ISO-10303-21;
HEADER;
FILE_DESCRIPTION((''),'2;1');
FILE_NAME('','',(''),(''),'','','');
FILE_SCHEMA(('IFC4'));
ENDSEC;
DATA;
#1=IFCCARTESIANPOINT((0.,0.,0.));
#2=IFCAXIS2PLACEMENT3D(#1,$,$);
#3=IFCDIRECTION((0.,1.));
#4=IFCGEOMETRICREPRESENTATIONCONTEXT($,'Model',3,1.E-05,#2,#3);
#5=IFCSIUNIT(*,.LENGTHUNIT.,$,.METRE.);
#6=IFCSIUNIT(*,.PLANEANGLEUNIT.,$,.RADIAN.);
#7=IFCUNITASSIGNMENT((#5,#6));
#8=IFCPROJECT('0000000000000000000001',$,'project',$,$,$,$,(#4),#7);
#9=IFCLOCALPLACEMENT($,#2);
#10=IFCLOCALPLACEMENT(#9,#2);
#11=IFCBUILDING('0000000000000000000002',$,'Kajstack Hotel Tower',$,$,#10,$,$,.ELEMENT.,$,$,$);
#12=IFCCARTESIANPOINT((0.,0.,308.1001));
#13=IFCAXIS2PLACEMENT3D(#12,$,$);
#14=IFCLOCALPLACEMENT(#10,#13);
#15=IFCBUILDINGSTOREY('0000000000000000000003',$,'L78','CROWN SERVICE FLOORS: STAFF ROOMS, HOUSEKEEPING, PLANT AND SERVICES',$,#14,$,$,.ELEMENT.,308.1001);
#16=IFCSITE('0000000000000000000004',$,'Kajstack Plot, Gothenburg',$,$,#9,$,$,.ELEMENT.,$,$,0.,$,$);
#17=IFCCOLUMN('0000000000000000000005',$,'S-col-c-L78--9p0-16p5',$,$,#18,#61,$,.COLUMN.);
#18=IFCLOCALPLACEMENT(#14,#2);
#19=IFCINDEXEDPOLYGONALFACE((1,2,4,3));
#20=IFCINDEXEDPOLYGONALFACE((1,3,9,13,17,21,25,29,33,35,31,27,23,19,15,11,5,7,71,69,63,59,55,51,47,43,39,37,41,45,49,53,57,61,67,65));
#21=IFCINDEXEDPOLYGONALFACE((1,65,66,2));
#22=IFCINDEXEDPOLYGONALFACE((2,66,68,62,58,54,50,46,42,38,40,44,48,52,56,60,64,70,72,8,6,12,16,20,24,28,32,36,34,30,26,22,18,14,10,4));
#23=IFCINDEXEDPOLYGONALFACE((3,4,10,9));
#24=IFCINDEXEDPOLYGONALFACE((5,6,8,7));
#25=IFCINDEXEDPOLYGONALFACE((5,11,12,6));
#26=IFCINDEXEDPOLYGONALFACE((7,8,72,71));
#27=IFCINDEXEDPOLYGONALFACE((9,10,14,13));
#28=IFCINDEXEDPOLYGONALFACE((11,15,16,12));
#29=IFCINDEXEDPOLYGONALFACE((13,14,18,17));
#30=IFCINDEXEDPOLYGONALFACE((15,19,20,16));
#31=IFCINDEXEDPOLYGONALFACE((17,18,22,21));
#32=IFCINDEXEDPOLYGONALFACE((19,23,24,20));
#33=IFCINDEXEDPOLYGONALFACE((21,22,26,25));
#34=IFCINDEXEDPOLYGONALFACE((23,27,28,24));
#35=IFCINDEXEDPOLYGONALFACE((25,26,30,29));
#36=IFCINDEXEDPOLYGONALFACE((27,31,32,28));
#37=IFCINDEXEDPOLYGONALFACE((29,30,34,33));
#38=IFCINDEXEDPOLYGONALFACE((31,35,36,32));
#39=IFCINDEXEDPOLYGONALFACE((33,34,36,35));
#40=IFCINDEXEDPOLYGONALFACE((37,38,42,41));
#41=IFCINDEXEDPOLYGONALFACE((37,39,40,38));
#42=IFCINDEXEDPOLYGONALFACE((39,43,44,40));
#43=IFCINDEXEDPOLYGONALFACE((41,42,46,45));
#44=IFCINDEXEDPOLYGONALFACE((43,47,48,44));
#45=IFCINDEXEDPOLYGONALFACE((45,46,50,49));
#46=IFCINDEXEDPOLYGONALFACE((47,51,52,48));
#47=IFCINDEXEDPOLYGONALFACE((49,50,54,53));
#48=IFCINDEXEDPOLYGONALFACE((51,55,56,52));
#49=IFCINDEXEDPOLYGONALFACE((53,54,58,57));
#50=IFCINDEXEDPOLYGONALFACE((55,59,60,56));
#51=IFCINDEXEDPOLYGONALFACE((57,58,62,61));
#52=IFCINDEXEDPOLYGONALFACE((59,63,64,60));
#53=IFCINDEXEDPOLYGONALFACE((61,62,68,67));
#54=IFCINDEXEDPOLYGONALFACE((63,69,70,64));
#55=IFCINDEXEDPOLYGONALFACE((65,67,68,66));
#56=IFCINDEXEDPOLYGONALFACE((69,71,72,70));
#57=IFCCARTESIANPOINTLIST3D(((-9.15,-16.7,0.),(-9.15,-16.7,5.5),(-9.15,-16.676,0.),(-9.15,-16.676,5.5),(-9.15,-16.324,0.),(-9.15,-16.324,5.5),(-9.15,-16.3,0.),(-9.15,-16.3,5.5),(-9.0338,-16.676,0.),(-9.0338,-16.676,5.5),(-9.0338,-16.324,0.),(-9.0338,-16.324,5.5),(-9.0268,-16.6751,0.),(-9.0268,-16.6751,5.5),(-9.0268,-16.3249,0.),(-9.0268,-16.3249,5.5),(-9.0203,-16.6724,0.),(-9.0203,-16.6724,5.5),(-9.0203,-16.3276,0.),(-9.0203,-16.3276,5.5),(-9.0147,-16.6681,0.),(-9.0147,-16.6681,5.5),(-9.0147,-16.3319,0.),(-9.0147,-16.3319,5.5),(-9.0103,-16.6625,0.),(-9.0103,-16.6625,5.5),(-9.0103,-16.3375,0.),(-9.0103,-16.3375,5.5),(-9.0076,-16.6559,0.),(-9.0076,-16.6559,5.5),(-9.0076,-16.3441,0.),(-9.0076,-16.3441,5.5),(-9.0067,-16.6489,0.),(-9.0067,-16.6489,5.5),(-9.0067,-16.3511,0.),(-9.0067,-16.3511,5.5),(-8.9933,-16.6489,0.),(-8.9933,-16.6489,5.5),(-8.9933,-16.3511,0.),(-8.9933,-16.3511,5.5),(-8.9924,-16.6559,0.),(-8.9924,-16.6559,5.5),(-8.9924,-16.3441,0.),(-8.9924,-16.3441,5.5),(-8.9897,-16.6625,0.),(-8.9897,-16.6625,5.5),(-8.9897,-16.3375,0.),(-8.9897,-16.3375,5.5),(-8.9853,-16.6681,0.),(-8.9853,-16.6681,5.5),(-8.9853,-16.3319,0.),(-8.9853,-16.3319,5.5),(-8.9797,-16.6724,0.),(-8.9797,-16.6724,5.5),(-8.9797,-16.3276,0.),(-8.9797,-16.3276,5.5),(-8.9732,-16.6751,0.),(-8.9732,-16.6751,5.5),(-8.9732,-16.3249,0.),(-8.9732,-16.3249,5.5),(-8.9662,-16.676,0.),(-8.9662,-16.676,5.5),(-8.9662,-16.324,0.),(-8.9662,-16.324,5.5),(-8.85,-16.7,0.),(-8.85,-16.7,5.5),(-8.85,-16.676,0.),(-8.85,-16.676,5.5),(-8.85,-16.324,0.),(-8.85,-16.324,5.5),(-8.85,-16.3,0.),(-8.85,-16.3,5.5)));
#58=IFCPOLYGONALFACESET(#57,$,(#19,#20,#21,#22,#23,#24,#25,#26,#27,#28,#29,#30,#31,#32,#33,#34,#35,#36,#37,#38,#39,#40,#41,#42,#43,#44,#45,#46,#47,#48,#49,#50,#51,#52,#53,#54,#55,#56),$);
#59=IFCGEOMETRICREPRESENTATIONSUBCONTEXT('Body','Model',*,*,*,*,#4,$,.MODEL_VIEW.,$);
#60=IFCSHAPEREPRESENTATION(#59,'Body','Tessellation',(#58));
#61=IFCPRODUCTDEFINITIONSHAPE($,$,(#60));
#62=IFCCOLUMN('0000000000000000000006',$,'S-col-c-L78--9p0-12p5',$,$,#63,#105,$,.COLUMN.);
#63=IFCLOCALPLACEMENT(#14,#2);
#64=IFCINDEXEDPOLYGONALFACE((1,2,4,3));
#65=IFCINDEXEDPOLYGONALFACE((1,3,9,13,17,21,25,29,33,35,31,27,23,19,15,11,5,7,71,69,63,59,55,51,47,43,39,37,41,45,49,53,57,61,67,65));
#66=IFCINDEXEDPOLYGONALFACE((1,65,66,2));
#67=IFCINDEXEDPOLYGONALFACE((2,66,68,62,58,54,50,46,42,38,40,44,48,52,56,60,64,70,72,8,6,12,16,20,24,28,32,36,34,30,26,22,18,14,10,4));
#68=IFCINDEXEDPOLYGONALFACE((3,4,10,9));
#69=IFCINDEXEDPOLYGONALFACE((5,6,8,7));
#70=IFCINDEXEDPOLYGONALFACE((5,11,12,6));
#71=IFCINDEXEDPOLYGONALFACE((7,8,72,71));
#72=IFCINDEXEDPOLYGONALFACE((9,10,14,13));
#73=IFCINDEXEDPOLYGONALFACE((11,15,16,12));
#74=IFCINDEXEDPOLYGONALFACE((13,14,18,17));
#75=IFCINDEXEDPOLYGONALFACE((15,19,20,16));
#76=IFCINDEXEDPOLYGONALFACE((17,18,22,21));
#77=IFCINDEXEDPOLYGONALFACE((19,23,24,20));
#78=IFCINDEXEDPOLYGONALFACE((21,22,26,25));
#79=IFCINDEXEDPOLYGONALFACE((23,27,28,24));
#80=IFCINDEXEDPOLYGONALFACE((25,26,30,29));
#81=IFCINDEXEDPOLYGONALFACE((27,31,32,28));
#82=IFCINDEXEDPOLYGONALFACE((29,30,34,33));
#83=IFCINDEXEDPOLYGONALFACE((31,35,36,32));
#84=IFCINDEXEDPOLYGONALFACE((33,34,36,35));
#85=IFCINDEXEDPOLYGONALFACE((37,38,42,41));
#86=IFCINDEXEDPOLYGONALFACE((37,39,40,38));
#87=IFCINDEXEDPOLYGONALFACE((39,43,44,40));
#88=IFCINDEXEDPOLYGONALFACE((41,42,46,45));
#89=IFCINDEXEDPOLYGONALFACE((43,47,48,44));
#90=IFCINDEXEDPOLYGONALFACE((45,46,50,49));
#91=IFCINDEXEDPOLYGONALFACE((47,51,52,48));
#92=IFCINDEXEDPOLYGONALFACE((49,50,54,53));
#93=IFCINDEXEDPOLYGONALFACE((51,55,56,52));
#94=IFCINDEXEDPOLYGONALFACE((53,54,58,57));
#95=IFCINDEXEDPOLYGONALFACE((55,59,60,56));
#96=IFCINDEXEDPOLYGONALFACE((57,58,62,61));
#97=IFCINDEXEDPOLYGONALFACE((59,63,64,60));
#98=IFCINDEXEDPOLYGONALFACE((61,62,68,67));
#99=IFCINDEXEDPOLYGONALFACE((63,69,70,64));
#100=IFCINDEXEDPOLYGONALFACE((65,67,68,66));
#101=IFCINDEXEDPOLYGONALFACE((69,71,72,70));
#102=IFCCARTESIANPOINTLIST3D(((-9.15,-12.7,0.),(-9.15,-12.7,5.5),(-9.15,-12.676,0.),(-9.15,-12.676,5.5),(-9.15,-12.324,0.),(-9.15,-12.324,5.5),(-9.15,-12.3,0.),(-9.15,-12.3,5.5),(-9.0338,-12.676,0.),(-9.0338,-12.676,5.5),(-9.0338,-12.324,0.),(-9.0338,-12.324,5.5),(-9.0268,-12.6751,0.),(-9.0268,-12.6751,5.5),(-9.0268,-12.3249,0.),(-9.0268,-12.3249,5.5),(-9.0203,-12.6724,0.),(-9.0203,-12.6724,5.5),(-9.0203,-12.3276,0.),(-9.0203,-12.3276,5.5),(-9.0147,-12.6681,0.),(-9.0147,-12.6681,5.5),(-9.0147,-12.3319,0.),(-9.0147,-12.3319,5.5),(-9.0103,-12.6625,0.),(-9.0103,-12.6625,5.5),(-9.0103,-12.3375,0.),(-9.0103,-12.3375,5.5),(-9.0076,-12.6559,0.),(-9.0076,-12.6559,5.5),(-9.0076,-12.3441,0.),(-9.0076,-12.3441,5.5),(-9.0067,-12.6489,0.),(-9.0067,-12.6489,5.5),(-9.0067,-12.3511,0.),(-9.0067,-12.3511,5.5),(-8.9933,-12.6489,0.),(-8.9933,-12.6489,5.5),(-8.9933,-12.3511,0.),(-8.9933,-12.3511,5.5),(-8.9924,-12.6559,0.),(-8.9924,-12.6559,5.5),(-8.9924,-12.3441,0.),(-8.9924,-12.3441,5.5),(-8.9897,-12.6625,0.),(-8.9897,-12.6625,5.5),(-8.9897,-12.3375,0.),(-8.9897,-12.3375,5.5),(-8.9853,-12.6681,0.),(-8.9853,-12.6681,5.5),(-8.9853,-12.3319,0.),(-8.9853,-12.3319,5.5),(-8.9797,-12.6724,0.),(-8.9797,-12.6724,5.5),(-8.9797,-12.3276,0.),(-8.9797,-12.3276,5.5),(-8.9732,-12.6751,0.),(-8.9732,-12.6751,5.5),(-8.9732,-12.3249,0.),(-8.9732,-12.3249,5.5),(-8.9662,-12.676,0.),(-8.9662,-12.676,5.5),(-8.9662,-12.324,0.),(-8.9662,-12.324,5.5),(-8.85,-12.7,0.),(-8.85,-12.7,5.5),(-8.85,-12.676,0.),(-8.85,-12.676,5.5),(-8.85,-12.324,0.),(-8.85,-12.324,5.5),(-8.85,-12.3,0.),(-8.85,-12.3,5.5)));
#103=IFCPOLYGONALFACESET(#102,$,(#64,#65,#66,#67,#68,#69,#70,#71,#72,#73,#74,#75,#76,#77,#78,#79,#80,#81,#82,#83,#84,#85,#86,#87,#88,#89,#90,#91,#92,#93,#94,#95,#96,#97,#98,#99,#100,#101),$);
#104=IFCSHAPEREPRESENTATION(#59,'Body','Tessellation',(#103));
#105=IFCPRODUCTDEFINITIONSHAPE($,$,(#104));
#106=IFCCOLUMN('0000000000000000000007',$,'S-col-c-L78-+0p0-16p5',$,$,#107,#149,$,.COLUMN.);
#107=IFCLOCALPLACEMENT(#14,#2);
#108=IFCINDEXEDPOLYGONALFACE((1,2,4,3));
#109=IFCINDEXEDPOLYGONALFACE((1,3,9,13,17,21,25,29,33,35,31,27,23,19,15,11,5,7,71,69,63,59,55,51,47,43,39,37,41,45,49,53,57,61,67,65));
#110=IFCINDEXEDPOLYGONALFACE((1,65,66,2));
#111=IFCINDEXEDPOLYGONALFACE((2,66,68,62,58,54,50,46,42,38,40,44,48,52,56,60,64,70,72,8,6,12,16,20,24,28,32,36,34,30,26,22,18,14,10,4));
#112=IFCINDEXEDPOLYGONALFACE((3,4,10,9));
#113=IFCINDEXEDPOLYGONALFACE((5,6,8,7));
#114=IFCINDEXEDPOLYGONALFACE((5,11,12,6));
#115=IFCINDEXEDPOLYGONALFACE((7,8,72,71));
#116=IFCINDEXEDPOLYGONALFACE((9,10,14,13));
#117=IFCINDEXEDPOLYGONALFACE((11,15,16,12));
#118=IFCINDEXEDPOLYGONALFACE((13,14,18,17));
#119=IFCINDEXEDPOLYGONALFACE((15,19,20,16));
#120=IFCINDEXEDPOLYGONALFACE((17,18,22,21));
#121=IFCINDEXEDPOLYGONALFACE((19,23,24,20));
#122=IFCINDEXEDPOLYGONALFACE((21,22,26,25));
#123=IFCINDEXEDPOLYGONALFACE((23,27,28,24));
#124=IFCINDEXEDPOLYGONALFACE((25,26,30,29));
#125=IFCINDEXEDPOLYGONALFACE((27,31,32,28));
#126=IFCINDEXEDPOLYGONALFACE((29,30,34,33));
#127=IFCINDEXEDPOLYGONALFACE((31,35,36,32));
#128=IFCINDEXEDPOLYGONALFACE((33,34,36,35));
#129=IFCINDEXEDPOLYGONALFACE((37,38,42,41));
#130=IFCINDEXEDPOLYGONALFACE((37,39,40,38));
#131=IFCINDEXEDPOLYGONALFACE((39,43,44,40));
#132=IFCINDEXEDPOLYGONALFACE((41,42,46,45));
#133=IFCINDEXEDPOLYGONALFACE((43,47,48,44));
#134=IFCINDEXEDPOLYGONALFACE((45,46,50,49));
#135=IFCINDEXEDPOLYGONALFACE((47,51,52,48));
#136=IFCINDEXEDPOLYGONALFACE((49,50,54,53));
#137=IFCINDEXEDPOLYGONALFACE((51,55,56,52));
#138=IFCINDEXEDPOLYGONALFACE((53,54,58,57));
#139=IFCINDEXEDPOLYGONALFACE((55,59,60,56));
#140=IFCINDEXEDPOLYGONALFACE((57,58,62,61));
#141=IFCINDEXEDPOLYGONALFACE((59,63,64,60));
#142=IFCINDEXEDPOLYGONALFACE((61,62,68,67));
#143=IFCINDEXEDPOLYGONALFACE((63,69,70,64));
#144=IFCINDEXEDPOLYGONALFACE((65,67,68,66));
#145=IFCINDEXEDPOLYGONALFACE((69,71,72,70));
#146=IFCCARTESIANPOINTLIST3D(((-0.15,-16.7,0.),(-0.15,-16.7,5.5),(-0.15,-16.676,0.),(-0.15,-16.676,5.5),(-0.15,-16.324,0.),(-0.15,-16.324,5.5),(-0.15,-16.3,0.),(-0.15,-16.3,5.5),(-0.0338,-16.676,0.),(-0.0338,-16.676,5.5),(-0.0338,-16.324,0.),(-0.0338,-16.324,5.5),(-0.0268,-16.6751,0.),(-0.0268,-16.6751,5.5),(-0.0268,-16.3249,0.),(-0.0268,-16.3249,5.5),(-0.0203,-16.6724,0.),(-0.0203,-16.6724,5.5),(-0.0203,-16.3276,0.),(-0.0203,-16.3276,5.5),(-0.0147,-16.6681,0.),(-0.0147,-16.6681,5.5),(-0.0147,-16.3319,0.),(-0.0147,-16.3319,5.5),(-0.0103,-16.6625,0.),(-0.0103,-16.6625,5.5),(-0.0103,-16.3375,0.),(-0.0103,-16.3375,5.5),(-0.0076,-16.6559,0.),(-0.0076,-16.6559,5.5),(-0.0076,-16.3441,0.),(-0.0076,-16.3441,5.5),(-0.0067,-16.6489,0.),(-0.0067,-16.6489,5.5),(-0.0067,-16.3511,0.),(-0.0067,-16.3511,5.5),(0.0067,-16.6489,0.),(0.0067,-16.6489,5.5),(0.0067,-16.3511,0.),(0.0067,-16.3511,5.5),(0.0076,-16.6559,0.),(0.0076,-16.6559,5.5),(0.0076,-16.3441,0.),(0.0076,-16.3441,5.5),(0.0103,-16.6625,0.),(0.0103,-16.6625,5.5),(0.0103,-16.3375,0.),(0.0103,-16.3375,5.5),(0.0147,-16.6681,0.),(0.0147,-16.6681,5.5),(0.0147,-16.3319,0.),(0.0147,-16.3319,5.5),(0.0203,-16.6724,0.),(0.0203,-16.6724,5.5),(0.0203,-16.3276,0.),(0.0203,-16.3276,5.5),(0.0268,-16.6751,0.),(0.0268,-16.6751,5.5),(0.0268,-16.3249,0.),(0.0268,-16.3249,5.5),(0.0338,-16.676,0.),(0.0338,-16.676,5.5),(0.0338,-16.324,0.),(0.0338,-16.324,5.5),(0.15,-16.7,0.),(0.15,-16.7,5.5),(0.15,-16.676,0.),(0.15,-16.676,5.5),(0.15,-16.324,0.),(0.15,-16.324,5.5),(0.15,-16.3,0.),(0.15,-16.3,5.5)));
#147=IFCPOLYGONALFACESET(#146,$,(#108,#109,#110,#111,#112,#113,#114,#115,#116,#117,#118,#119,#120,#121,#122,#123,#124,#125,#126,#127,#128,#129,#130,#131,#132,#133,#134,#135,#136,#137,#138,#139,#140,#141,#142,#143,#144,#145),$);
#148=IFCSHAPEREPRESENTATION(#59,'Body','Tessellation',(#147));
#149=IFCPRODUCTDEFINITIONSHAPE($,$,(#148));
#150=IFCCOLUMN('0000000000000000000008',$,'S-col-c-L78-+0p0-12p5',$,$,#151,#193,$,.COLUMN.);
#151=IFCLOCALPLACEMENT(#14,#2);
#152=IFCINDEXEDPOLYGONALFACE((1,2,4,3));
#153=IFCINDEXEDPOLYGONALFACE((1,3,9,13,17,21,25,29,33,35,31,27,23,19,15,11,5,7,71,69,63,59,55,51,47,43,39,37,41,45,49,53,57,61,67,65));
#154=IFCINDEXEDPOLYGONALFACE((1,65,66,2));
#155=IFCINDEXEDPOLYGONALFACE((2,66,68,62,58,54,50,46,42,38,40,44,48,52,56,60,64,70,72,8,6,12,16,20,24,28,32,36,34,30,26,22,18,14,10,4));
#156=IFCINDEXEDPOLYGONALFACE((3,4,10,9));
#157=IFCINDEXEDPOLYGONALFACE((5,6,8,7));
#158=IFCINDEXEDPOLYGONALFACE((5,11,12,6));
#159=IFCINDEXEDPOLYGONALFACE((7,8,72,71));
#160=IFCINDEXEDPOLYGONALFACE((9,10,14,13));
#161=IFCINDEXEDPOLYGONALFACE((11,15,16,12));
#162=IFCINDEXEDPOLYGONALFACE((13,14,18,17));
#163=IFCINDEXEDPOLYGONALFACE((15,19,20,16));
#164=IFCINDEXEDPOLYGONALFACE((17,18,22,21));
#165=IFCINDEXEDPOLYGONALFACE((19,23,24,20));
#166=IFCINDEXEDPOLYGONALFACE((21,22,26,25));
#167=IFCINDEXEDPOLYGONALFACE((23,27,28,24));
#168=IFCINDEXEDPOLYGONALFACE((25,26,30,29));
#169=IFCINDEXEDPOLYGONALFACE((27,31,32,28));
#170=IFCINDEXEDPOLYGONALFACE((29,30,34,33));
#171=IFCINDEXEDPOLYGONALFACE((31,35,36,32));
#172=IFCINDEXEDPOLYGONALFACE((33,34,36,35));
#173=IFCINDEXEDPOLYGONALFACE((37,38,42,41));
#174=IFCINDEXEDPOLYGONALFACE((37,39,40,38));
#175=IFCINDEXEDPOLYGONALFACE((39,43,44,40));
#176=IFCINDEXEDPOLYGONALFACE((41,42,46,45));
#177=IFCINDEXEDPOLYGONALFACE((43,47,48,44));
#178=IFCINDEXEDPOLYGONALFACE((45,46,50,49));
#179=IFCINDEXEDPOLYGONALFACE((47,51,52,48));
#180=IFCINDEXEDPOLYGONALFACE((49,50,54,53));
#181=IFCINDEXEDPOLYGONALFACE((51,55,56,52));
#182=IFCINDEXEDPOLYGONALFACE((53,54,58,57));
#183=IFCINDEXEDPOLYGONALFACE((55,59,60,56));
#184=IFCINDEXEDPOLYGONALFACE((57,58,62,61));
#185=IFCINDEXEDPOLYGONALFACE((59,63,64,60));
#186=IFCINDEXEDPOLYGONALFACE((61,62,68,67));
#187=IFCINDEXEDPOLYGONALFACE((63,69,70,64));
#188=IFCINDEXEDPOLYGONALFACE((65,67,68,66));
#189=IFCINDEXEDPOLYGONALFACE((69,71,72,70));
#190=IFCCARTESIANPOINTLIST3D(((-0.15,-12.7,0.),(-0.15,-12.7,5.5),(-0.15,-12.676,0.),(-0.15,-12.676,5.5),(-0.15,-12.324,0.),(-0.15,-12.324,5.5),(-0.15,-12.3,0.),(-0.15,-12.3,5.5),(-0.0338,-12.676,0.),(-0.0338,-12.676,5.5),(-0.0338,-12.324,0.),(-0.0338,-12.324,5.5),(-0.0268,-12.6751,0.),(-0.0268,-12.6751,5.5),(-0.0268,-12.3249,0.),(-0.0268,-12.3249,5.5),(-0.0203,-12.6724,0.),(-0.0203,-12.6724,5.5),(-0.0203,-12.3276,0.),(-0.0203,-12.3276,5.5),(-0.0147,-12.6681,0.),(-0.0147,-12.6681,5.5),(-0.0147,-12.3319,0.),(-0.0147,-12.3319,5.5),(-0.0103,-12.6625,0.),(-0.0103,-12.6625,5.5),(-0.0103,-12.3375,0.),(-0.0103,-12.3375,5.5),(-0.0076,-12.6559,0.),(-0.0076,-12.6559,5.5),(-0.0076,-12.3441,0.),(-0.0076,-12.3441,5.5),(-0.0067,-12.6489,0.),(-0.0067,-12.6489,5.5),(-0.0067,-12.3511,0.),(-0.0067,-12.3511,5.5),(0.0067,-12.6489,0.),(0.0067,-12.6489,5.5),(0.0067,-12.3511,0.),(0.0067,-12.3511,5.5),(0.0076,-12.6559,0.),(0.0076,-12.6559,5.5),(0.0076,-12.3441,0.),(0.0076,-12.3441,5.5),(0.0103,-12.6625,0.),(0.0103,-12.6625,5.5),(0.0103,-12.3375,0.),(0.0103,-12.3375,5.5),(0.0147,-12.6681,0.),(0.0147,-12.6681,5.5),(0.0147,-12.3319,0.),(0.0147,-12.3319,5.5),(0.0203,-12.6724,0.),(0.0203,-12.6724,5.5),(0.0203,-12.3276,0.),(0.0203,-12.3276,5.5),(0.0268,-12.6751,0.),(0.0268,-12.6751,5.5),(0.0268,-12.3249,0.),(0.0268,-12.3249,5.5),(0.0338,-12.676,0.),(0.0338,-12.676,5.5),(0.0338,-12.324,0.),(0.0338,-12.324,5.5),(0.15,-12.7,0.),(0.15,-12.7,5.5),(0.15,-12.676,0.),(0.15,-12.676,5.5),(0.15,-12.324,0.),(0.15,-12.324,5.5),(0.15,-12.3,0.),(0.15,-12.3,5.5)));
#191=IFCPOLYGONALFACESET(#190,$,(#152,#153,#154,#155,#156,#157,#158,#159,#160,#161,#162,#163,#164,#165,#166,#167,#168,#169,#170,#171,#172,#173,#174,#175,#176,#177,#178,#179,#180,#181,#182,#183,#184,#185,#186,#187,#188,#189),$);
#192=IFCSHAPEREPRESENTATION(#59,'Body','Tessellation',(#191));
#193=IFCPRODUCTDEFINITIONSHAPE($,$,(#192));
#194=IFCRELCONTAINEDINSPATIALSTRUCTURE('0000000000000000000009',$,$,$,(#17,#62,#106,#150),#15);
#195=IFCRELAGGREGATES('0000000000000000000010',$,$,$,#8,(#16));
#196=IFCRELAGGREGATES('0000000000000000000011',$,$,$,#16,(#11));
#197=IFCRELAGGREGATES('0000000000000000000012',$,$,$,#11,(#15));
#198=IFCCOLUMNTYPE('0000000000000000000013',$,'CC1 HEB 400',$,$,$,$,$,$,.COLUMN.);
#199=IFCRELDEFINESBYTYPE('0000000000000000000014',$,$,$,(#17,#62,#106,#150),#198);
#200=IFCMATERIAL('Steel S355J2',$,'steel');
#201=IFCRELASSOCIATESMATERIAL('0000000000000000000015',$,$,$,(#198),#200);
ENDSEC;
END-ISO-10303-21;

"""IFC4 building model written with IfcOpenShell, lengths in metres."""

from ifc_helpers import new_model, si_unit, direction, frame, origin, origin_2d, place, context, subcontext, project, spatial, i_section, extrude, material, material_profile, profile_set, type_object, element, save


model = new_model("IFC4")

# Units and contexts
model_context = context("Model", 3, precision=1e-05, world=origin(), true_north=direction((0.0, 1.0)))
body_context = subcontext(model_context, "Body", "Model", "MODEL_VIEW")
ifc_project = project(units=[si_unit("LENGTHUNIT", "METRE"), si_unit("PLANEANGLEUNIT", "RADIAN")], contexts=[model_context])

# Site, building, storey
site_placement = place(None, origin())
site = spatial("IfcSite", under=ifc_project, at=site_placement, Name="Kajstack Plot, Gothenburg", CompositionType="ELEMENT", RefElevation=0.0)
building_placement = place(site_placement, origin())
building = spatial("IfcBuilding", under=site, at=building_placement, Name="Kajstack Hotel Tower", CompositionType="ELEMENT")
storey_placement = place(building_placement, frame((0.0, 0.0, 308.1001)))
storey = spatial("IfcBuildingStorey", under=building, at=storey_placement, Name="L78", Description="CROWN SERVICE FLOORS: STAFF ROOMS, HOUSEKEEPING, PLANT AND SERVICES", CompositionType="ELEMENT", Elevation=308.1001)

# Columns
ifc_material_1 = material(Name="Steel S355J2", Category="steel")
ifc_material_profile_1 = material_profile(ifc_material_1, i_section(OverallWidth=0.3, OverallDepth=0.3999, WebThickness=0.0134, FlangeThickness=0.0239, FilletRadius=0.0271, at=origin_2d()), Name="HEB 400")
ifc_profile_set_1 = profile_set([ifc_material_profile_1], Name="Steel S355J2")
column_type = type_object("IfcColumnType", Name="CC1 HEB 400", PredefinedType="COLUMN", material=ifc_profile_set_1)
for number, where, z_axis, x_axis, name in (
    (1, (-9.0, -16.5, 0.0), (0.0, 0.0, 1.0), (1.0, 0.0, 0.0), "S-col-c-L78--9p0-16p5"),
    (2, (-9.0, -12.5, 0.0), (0.0, 0.0, 1.0), (1.0, 0.0, 0.0), "S-col-c-L78--9p0-12p5"),
    (3, (0.0, -16.5, 0.0), (0.0, 0.0, 1.0), (1.0, 0.0, 0.0), "S-col-c-L78-+0p0-16p5"),
    (4, (0.0, -12.5, 0.0), (0.0, 0.0, 1.0), (1.0, 0.0, 0.0), "S-col-c-L78-+0p0-12p5"),
):
    element("IfcColumn", number, at=place(storey_placement, frame(where, z_axis=z_axis, x_axis=x_axis)), inside=storey, type_object=column_type, Name=name, PredefinedType="COLUMN", context=body_context, shape_type="SweptSolid", body=[
        extrude(i_section(OverallWidth=0.3, OverallDepth=0.3999, WebThickness=0.0134, FlangeThickness=0.0239, FilletRadius=0.0271, at=origin_2d()), origin(), (0.0, 0.0, 1.0), 5.5),
    ])

save(model, "model.ifc")
